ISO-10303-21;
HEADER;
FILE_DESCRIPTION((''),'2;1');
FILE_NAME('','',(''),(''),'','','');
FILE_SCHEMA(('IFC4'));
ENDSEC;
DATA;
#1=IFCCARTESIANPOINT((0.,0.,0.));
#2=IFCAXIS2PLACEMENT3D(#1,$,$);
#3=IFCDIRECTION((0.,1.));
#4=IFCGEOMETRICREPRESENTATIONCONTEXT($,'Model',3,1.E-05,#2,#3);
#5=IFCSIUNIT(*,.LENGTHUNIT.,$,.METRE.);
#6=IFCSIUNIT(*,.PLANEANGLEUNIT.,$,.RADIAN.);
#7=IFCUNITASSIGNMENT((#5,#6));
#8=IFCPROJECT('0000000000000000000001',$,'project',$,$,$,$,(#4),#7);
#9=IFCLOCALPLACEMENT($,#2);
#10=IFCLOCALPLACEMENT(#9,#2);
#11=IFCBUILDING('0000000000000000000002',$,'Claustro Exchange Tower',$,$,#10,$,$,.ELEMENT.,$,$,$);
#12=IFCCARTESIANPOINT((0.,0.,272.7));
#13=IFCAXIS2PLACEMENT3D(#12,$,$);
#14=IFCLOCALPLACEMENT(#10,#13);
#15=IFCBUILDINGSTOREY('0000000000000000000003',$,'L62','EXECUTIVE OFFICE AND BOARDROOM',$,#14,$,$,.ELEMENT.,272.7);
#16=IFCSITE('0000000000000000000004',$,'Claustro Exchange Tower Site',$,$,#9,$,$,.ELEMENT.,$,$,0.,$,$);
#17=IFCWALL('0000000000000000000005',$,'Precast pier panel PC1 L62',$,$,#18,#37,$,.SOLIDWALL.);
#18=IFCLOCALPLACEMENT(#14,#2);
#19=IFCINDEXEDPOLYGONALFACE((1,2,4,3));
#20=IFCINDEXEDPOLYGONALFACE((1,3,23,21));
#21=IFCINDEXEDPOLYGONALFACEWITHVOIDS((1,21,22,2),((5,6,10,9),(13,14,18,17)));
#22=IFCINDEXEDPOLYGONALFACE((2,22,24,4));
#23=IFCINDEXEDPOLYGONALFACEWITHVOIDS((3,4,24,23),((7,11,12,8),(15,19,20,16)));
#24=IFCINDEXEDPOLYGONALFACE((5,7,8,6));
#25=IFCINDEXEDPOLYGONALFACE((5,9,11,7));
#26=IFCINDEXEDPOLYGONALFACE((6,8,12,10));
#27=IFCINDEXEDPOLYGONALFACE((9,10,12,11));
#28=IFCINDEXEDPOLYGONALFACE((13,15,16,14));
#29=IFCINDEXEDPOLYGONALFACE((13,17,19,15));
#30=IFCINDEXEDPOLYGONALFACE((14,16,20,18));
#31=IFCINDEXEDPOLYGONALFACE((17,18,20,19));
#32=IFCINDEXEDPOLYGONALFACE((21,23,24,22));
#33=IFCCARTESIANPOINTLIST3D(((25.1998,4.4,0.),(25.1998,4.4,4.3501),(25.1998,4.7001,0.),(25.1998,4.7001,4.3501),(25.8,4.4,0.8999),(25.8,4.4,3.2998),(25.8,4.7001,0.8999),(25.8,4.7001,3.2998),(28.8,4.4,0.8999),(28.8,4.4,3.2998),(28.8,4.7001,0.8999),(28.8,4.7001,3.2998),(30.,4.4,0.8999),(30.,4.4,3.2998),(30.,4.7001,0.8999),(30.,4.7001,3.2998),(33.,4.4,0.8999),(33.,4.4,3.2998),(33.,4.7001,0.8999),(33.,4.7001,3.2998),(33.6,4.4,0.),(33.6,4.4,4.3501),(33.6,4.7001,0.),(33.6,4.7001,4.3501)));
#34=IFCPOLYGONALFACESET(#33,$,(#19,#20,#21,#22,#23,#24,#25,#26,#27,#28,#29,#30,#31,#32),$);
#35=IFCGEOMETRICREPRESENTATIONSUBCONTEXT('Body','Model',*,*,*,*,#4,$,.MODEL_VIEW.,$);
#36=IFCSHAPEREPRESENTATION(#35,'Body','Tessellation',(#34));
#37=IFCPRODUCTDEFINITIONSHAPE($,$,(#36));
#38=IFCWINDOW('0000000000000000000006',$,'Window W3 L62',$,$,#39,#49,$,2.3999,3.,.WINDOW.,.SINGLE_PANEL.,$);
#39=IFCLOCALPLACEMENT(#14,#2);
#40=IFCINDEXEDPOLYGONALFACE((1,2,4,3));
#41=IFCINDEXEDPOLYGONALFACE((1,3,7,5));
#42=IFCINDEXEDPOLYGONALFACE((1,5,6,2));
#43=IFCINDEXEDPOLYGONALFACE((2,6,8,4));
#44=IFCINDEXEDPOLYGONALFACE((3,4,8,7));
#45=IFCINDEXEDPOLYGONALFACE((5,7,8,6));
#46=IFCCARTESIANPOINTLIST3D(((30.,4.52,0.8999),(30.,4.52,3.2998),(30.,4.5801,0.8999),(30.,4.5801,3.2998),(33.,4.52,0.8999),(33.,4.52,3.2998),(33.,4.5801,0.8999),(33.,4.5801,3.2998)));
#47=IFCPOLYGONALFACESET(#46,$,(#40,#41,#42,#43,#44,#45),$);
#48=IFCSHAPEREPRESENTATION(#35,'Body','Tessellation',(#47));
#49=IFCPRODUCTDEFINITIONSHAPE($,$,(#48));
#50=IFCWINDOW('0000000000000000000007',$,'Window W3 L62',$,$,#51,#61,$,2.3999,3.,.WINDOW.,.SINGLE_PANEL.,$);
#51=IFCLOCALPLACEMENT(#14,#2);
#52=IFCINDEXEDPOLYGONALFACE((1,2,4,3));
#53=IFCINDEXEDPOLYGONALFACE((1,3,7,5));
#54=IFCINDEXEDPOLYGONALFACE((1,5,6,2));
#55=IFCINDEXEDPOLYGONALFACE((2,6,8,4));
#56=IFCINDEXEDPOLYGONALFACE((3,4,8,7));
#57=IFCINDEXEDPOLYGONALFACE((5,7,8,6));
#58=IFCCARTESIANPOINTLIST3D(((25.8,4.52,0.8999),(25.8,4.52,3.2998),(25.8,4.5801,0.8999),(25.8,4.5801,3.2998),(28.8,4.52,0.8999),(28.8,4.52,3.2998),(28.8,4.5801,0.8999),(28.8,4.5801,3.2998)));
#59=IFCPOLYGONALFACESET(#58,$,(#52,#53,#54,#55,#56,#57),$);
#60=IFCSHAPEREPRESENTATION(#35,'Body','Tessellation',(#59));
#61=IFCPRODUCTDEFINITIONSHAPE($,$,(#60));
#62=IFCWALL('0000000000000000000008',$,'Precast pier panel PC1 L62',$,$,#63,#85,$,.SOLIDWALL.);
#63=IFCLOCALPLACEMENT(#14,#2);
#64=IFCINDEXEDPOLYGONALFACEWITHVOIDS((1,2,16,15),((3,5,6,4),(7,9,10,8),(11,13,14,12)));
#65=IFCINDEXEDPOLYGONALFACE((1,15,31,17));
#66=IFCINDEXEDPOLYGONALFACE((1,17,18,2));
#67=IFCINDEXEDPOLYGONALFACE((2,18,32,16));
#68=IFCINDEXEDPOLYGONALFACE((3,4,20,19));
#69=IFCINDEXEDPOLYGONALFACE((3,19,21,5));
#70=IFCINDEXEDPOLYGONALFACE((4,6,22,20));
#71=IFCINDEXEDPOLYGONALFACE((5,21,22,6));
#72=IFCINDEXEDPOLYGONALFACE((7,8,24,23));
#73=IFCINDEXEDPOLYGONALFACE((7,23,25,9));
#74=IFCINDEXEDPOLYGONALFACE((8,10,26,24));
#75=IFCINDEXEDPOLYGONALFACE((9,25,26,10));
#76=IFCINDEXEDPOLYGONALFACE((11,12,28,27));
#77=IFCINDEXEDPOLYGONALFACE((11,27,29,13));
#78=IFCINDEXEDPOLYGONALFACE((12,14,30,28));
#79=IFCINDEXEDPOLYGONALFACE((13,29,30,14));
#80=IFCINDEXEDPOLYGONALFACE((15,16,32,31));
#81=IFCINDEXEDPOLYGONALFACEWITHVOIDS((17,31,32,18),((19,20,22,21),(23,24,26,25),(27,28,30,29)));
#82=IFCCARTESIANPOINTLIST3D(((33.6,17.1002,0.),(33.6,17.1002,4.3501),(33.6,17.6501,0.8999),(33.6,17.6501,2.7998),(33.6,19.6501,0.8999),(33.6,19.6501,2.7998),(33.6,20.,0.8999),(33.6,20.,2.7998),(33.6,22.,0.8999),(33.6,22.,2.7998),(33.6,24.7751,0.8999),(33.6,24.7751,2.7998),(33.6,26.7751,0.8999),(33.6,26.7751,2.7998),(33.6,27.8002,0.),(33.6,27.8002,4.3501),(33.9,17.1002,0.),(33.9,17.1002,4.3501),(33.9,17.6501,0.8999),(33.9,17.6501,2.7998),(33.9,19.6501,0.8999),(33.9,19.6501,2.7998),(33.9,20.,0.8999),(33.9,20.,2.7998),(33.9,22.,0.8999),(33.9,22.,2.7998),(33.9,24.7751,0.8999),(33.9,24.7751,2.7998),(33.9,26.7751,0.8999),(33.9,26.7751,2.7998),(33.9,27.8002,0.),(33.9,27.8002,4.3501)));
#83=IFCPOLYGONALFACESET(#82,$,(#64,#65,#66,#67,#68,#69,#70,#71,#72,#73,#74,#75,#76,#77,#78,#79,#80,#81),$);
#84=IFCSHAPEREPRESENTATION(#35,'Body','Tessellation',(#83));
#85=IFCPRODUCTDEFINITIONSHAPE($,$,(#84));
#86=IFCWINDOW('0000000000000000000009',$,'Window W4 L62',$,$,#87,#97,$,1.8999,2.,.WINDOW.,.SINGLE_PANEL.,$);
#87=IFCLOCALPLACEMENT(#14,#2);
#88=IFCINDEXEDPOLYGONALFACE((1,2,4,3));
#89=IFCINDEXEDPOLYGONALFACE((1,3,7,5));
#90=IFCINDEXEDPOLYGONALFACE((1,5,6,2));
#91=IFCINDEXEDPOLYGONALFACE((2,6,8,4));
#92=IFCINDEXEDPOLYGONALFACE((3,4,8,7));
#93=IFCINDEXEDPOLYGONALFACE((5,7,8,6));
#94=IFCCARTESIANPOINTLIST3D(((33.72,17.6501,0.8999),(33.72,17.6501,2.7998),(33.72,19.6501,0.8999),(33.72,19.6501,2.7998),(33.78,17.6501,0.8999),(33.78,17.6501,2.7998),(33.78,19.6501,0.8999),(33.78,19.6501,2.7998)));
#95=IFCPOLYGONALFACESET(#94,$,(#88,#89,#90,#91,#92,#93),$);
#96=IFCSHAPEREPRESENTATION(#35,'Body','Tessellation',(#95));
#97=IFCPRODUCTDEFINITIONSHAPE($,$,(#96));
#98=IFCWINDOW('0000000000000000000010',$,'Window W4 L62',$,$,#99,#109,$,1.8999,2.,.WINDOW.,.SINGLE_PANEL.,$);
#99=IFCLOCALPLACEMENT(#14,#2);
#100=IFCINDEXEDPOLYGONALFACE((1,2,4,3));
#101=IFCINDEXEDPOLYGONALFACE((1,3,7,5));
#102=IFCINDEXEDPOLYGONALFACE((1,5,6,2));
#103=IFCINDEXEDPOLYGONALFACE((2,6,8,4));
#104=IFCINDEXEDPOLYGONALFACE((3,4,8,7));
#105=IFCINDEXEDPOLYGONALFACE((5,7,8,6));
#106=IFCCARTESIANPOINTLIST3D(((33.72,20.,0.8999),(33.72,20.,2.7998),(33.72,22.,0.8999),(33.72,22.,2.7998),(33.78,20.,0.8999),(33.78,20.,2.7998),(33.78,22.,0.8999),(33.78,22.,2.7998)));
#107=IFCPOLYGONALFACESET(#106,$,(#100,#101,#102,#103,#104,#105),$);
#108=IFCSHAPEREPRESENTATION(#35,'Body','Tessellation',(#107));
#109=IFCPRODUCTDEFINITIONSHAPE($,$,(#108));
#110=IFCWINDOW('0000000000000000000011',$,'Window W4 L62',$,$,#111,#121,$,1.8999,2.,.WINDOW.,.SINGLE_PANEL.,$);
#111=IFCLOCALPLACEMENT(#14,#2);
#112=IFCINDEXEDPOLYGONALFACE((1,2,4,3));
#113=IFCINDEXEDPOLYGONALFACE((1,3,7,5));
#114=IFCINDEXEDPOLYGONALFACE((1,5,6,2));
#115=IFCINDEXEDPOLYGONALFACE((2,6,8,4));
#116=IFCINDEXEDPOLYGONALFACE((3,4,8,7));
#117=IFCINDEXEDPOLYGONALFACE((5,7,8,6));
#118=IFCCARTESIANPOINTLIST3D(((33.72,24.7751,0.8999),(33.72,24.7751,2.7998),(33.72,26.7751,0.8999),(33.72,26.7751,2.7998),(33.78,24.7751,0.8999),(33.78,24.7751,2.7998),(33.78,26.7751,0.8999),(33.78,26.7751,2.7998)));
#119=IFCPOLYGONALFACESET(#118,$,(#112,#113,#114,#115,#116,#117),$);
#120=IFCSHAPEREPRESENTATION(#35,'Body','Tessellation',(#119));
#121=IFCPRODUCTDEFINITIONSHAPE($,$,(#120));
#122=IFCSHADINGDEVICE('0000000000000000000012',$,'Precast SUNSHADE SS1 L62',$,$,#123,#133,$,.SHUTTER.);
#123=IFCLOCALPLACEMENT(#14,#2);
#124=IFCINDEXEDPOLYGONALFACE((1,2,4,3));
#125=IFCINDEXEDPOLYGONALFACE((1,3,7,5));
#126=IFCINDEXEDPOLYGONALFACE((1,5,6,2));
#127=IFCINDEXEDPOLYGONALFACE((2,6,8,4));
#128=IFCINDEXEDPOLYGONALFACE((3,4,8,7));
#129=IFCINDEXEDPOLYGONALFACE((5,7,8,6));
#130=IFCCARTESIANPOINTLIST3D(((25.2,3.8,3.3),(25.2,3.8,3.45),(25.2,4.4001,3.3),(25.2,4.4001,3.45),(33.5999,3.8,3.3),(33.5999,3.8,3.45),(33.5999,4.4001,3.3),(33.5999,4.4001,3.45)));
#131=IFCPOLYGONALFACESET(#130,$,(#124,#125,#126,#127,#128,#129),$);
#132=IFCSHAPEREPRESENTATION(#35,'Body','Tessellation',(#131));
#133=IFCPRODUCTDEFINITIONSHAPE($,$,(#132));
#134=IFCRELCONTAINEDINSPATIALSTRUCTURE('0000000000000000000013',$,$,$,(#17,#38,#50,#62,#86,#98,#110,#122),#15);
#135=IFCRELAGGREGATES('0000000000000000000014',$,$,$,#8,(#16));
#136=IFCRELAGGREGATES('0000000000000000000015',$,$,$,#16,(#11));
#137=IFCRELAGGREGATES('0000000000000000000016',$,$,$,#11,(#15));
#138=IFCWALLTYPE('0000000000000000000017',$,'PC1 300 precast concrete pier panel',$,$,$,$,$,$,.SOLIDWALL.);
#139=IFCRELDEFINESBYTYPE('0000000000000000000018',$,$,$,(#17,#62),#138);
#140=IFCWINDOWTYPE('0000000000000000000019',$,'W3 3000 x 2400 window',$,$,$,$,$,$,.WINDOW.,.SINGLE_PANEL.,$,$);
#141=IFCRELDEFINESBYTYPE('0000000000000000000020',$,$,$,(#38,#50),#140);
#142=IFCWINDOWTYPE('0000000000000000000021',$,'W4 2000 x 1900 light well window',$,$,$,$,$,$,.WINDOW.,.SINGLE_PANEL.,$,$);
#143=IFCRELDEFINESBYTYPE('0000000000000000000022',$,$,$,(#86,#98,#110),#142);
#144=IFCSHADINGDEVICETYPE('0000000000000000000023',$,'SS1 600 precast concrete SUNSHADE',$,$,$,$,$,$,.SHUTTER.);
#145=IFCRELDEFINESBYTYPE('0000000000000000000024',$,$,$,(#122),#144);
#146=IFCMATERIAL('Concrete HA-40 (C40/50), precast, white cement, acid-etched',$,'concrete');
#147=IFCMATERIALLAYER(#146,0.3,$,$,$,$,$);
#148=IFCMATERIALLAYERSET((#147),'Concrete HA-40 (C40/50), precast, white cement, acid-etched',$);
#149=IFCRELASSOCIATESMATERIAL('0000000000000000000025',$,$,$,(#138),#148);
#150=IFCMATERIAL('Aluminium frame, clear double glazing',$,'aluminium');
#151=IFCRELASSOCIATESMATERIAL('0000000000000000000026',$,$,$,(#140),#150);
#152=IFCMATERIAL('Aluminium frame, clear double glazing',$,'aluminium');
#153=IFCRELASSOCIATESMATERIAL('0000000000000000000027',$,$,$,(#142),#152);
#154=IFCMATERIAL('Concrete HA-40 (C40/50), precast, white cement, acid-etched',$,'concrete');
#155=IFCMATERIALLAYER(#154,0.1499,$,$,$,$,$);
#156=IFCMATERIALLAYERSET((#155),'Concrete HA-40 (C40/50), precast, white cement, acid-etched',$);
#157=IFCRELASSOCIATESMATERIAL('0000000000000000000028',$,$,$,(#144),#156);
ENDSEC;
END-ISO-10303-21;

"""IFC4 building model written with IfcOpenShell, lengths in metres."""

from ifc_helpers import new_model, si_unit, direction, frame, frame_2d, origin, origin_2d, place, context, subcontext, project, spatial, rectangle, extrude, material, layer, layer_set, type_object, element, fill, save


model = new_model("IFC4")

# Units and contexts
model_context = context("Model", 3, precision=1e-05, world=origin(), true_north=direction((0.0, 1.0)))
body_context = subcontext(model_context, "Body", "Model", "MODEL_VIEW")
ifc_project = project(units=[si_unit("LENGTHUNIT", "METRE"), si_unit("PLANEANGLEUNIT", "RADIAN")], contexts=[model_context])

# Site, building, storey
site_placement = place(None, origin())
site = spatial("IfcSite", under=ifc_project, at=site_placement, Name="Claustro Exchange Tower Site", CompositionType="ELEMENT", RefElevation=0.0)
building_placement = place(site_placement, origin())
building = spatial("IfcBuilding", under=site, at=building_placement, Name="Claustro Exchange Tower", CompositionType="ELEMENT")
storey_placement = place(building_placement, frame((0.0, 0.0, 272.7)))
storey = spatial("IfcBuildingStorey", under=building, at=storey_placement, Name="L62", Description="EXECUTIVE OFFICE AND BOARDROOM", CompositionType="ELEMENT", Elevation=272.7)

# Walls, openings, windows
ifc_material_1 = material(Name="Concrete HA-40 (C40/50), precast, white cement, acid-etched", Category="concrete")
ifc_layer_1 = layer(ifc_material_1, 0.3)
ifc_layer_set_1 = layer_set([ifc_layer_1], Name="Concrete HA-40 (C40/50), precast, white cement, acid-etched")
wall_type_1 = type_object("IfcWallType", Name="PC1 300 precast concrete pier panel", PredefinedType="SOLIDWALL", material=ifc_layer_set_1)
wall_1_placement = place(storey_placement, frame((33.6001, 4.55, 0.0), z_axis=(0.0, 0.0, 1.0), x_axis=(-1.0, 0.0, 0.0)))
wall_1 = element("IfcWall", 1, at=wall_1_placement, inside=storey, type_object=wall_type_1, Name="Precast pier panel PC1 L62", PredefinedType="SOLIDWALL", context=body_context, shape_type="SweptSolid", body=[
    extrude(rectangle(XDim=8.4001, YDim=0.3, at=frame_2d((4.2002, 0.0))), origin(), (0.0, 0.0, 1.0), 4.3501),
])
opening_1_placement = place(wall_1_placement, frame((0.6001, 0.0, 0.8999)))
opening_1 = element("IfcOpeningElement", 2, at=opening_1_placement, cuts=wall_1, PredefinedType="OPENING", context=body_context, shape_type="SweptSolid", body=[
    extrude(rectangle(XDim=3.0, YDim=2.3999, at=frame_2d((1.5, 1.2))), frame((0.0, 0.1599, 0.0), z_axis=(0.0, -1.0, 0.0), x_axis=(1.0, 0.0, 0.0)), (0.0, 0.0, 1.0), 0.3201),
])
opening_2_placement = place(wall_1_placement, frame((4.8, 0.0, 0.8999)))
opening_2 = element("IfcOpeningElement", 3, at=opening_2_placement, cuts=wall_1, PredefinedType="OPENING", context=body_context, shape_type="SweptSolid", body=[
    extrude(rectangle(XDim=3.0, YDim=2.3999, at=frame_2d((1.5, 1.2))), frame((0.0, 0.1599, 0.0), z_axis=(0.0, -1.0, 0.0), x_axis=(1.0, 0.0, 0.0)), (0.0, 0.0, 1.0), 0.3201),
])
ifc_material_2 = material(Name="Aluminium frame, clear double glazing", Category="aluminium")
window_type_1 = type_object("IfcWindowType", Name="W3 3000 x 2400 window", PartitioningType="SINGLE_PANEL", PredefinedType="WINDOW", material=ifc_material_2)
window_1_placement = place(opening_1_placement, origin())
window_1 = element("IfcWindow", 4, at=window_1_placement, inside=storey, type_object=window_type_1, Name="Window W3 L62", OverallHeight=2.3999, OverallWidth=3.0, PartitioningType="SINGLE_PANEL", PredefinedType="WINDOW", context=body_context, shape_type="SweptSolid", body=[
    extrude(rectangle(XDim=3.0, YDim=2.3999, at=frame_2d((1.5, 1.2))), frame((0.0, 0.03, 0.0), z_axis=(0.0, -1.0, 0.0), x_axis=(1.0, 0.0, 0.0)), (0.0, 0.0, 1.0), 0.0601),
])
fill(opening_1, window_1)
window_2_placement = place(opening_2_placement, origin())
window_2 = element("IfcWindow", 5, at=window_2_placement, inside=storey, type_object=window_type_1, Name="Window W3 L62", OverallHeight=2.3999, OverallWidth=3.0, PartitioningType="SINGLE_PANEL", PredefinedType="WINDOW", context=body_context, shape_type="SweptSolid", body=[
    extrude(rectangle(XDim=3.0, YDim=2.3999, at=frame_2d((1.5, 1.2))), frame((0.0, 0.03, 0.0), z_axis=(0.0, -1.0, 0.0), x_axis=(1.0, 0.0, 0.0)), (0.0, 0.0, 1.0), 0.0601),
])
fill(opening_2, window_2)
wall_2_placement = place(storey_placement, frame((33.75, 17.1001, 0.0), z_axis=(0.0, 0.0, 1.0), x_axis=(0.0, 1.0, 0.0)))
wall_2 = element("IfcWall", 6, at=wall_2_placement, inside=storey, type_object=wall_type_1, Name="Precast pier panel PC1 L62", PredefinedType="SOLIDWALL", context=body_context, shape_type="SweptSolid", body=[
    extrude(rectangle(XDim=10.7, YDim=0.3, at=frame_2d((5.3501, 0.0))), origin(), (0.0, 0.0, 1.0), 4.3501),
])
opening_3_placement = place(wall_2_placement, frame((0.55, 0.0, 0.8999)))
opening_3 = element("IfcOpeningElement", 7, at=opening_3_placement, cuts=wall_2, PredefinedType="OPENING", context=body_context, shape_type="SweptSolid", body=[
    extrude(rectangle(XDim=2.0, YDim=1.8999, at=frame_2d((1.0, 0.95))), frame((0.0, 0.1599, 0.0), z_axis=(0.0, -1.0, 0.0), x_axis=(1.0, 0.0, 0.0)), (0.0, 0.0, 1.0), 0.3201),
])
opening_4_placement = place(wall_2_placement, frame((2.8999, 0.0, 0.8999)))
opening_4 = element("IfcOpeningElement", 8, at=opening_4_placement, cuts=wall_2, PredefinedType="OPENING", context=body_context, shape_type="SweptSolid", body=[
    extrude(rectangle(XDim=2.0, YDim=1.8999, at=frame_2d((1.0, 0.95))), frame((0.0, 0.1599, 0.0), z_axis=(0.0, -1.0, 0.0), x_axis=(1.0, 0.0, 0.0)), (0.0, 0.0, 1.0), 0.3201),
])
opening_5_placement = place(wall_2_placement, frame((7.675, 0.0, 0.8999)))
opening_5 = element("IfcOpeningElement", 9, at=opening_5_placement, cuts=wall_2, PredefinedType="OPENING", context=body_context, shape_type="SweptSolid", body=[
    extrude(rectangle(XDim=2.0, YDim=1.8999, at=frame_2d((1.0, 0.95))), frame((0.0, 0.1599, 0.0), z_axis=(0.0, -1.0, 0.0), x_axis=(1.0, 0.0, 0.0)), (0.0, 0.0, 1.0), 0.3201),
])
ifc_material_3 = material(Name="Aluminium frame, clear double glazing", Category="aluminium")
window_type_2 = type_object("IfcWindowType", Name="W4 2000 x 1900 light well window", PartitioningType="SINGLE_PANEL", PredefinedType="WINDOW", material=ifc_material_3)
window_3_placement = place(opening_3_placement, origin())
window_3 = element("IfcWindow", 10, at=window_3_placement, inside=storey, type_object=window_type_2, Name="Window W4 L62", OverallHeight=1.8999, OverallWidth=2.0, PartitioningType="SINGLE_PANEL", PredefinedType="WINDOW", context=body_context, shape_type="SweptSolid", body=[
    extrude(rectangle(XDim=2.0, YDim=1.8999, at=frame_2d((1.0, 0.95))), frame((0.0, 0.03, 0.0), z_axis=(0.0, -1.0, 0.0), x_axis=(1.0, 0.0, 0.0)), (0.0, 0.0, 1.0), 0.0601),
])
fill(opening_3, window_3)
window_4_placement = place(opening_4_placement, origin())
window_4 = element("IfcWindow", 11, at=window_4_placement, inside=storey, type_object=window_type_2, Name="Window W4 L62", OverallHeight=1.8999, OverallWidth=2.0, PartitioningType="SINGLE_PANEL", PredefinedType="WINDOW", context=body_context, shape_type="SweptSolid", body=[
    extrude(rectangle(XDim=2.0, YDim=1.8999, at=frame_2d((1.0, 0.95))), frame((0.0, 0.03, 0.0), z_axis=(0.0, -1.0, 0.0), x_axis=(1.0, 0.0, 0.0)), (0.0, 0.0, 1.0), 0.0601),
])
fill(opening_4, window_4)
window_5_placement = place(opening_5_placement, origin())
window_5 = element("IfcWindow", 12, at=window_5_placement, inside=storey, type_object=window_type_2, Name="Window W4 L62", OverallHeight=1.8999, OverallWidth=2.0, PartitioningType="SINGLE_PANEL", PredefinedType="WINDOW", context=body_context, shape_type="SweptSolid", body=[
    extrude(rectangle(XDim=2.0, YDim=1.8999, at=frame_2d((1.0, 0.95))), frame((0.0, 0.03, 0.0), z_axis=(0.0, -1.0, 0.0), x_axis=(1.0, 0.0, 0.0)), (0.0, 0.0, 1.0), 0.0601),
])
fill(opening_5, window_5)

# Shading device
ifc_material_4 = material(Name="Concrete HA-40 (C40/50), precast, white cement, acid-etched", Category="concrete")
ifc_layer_2 = layer(ifc_material_4, 0.1499)
ifc_layer_set_2 = layer_set([ifc_layer_2], Name="Concrete HA-40 (C40/50), precast, white cement, acid-etched")
shading_device_type = type_object("IfcShadingDeviceType", Name="SS1 600 precast concrete SUNSHADE", PredefinedType="SHUTTER", material=ifc_layer_set_2)
shading_device_placement = place(storey_placement, frame((29.3999, 4.1001, 3.3), z_axis=(0.0, 0.0, 1.0), x_axis=(-1.0, 0.0, 0.0)))
element("IfcShadingDevice", 13, at=shading_device_placement, inside=storey, type_object=shading_device_type, Name="Precast SUNSHADE SS1 L62", PredefinedType="SHUTTER", context=body_context, shape_type="SweptSolid", body=[
    extrude(rectangle(XDim=8.3999, YDim=0.6001, at=origin_2d()), origin(), (0.0, 0.0, 1.0), 0.1499),
])

save(model, "model.ifc")
